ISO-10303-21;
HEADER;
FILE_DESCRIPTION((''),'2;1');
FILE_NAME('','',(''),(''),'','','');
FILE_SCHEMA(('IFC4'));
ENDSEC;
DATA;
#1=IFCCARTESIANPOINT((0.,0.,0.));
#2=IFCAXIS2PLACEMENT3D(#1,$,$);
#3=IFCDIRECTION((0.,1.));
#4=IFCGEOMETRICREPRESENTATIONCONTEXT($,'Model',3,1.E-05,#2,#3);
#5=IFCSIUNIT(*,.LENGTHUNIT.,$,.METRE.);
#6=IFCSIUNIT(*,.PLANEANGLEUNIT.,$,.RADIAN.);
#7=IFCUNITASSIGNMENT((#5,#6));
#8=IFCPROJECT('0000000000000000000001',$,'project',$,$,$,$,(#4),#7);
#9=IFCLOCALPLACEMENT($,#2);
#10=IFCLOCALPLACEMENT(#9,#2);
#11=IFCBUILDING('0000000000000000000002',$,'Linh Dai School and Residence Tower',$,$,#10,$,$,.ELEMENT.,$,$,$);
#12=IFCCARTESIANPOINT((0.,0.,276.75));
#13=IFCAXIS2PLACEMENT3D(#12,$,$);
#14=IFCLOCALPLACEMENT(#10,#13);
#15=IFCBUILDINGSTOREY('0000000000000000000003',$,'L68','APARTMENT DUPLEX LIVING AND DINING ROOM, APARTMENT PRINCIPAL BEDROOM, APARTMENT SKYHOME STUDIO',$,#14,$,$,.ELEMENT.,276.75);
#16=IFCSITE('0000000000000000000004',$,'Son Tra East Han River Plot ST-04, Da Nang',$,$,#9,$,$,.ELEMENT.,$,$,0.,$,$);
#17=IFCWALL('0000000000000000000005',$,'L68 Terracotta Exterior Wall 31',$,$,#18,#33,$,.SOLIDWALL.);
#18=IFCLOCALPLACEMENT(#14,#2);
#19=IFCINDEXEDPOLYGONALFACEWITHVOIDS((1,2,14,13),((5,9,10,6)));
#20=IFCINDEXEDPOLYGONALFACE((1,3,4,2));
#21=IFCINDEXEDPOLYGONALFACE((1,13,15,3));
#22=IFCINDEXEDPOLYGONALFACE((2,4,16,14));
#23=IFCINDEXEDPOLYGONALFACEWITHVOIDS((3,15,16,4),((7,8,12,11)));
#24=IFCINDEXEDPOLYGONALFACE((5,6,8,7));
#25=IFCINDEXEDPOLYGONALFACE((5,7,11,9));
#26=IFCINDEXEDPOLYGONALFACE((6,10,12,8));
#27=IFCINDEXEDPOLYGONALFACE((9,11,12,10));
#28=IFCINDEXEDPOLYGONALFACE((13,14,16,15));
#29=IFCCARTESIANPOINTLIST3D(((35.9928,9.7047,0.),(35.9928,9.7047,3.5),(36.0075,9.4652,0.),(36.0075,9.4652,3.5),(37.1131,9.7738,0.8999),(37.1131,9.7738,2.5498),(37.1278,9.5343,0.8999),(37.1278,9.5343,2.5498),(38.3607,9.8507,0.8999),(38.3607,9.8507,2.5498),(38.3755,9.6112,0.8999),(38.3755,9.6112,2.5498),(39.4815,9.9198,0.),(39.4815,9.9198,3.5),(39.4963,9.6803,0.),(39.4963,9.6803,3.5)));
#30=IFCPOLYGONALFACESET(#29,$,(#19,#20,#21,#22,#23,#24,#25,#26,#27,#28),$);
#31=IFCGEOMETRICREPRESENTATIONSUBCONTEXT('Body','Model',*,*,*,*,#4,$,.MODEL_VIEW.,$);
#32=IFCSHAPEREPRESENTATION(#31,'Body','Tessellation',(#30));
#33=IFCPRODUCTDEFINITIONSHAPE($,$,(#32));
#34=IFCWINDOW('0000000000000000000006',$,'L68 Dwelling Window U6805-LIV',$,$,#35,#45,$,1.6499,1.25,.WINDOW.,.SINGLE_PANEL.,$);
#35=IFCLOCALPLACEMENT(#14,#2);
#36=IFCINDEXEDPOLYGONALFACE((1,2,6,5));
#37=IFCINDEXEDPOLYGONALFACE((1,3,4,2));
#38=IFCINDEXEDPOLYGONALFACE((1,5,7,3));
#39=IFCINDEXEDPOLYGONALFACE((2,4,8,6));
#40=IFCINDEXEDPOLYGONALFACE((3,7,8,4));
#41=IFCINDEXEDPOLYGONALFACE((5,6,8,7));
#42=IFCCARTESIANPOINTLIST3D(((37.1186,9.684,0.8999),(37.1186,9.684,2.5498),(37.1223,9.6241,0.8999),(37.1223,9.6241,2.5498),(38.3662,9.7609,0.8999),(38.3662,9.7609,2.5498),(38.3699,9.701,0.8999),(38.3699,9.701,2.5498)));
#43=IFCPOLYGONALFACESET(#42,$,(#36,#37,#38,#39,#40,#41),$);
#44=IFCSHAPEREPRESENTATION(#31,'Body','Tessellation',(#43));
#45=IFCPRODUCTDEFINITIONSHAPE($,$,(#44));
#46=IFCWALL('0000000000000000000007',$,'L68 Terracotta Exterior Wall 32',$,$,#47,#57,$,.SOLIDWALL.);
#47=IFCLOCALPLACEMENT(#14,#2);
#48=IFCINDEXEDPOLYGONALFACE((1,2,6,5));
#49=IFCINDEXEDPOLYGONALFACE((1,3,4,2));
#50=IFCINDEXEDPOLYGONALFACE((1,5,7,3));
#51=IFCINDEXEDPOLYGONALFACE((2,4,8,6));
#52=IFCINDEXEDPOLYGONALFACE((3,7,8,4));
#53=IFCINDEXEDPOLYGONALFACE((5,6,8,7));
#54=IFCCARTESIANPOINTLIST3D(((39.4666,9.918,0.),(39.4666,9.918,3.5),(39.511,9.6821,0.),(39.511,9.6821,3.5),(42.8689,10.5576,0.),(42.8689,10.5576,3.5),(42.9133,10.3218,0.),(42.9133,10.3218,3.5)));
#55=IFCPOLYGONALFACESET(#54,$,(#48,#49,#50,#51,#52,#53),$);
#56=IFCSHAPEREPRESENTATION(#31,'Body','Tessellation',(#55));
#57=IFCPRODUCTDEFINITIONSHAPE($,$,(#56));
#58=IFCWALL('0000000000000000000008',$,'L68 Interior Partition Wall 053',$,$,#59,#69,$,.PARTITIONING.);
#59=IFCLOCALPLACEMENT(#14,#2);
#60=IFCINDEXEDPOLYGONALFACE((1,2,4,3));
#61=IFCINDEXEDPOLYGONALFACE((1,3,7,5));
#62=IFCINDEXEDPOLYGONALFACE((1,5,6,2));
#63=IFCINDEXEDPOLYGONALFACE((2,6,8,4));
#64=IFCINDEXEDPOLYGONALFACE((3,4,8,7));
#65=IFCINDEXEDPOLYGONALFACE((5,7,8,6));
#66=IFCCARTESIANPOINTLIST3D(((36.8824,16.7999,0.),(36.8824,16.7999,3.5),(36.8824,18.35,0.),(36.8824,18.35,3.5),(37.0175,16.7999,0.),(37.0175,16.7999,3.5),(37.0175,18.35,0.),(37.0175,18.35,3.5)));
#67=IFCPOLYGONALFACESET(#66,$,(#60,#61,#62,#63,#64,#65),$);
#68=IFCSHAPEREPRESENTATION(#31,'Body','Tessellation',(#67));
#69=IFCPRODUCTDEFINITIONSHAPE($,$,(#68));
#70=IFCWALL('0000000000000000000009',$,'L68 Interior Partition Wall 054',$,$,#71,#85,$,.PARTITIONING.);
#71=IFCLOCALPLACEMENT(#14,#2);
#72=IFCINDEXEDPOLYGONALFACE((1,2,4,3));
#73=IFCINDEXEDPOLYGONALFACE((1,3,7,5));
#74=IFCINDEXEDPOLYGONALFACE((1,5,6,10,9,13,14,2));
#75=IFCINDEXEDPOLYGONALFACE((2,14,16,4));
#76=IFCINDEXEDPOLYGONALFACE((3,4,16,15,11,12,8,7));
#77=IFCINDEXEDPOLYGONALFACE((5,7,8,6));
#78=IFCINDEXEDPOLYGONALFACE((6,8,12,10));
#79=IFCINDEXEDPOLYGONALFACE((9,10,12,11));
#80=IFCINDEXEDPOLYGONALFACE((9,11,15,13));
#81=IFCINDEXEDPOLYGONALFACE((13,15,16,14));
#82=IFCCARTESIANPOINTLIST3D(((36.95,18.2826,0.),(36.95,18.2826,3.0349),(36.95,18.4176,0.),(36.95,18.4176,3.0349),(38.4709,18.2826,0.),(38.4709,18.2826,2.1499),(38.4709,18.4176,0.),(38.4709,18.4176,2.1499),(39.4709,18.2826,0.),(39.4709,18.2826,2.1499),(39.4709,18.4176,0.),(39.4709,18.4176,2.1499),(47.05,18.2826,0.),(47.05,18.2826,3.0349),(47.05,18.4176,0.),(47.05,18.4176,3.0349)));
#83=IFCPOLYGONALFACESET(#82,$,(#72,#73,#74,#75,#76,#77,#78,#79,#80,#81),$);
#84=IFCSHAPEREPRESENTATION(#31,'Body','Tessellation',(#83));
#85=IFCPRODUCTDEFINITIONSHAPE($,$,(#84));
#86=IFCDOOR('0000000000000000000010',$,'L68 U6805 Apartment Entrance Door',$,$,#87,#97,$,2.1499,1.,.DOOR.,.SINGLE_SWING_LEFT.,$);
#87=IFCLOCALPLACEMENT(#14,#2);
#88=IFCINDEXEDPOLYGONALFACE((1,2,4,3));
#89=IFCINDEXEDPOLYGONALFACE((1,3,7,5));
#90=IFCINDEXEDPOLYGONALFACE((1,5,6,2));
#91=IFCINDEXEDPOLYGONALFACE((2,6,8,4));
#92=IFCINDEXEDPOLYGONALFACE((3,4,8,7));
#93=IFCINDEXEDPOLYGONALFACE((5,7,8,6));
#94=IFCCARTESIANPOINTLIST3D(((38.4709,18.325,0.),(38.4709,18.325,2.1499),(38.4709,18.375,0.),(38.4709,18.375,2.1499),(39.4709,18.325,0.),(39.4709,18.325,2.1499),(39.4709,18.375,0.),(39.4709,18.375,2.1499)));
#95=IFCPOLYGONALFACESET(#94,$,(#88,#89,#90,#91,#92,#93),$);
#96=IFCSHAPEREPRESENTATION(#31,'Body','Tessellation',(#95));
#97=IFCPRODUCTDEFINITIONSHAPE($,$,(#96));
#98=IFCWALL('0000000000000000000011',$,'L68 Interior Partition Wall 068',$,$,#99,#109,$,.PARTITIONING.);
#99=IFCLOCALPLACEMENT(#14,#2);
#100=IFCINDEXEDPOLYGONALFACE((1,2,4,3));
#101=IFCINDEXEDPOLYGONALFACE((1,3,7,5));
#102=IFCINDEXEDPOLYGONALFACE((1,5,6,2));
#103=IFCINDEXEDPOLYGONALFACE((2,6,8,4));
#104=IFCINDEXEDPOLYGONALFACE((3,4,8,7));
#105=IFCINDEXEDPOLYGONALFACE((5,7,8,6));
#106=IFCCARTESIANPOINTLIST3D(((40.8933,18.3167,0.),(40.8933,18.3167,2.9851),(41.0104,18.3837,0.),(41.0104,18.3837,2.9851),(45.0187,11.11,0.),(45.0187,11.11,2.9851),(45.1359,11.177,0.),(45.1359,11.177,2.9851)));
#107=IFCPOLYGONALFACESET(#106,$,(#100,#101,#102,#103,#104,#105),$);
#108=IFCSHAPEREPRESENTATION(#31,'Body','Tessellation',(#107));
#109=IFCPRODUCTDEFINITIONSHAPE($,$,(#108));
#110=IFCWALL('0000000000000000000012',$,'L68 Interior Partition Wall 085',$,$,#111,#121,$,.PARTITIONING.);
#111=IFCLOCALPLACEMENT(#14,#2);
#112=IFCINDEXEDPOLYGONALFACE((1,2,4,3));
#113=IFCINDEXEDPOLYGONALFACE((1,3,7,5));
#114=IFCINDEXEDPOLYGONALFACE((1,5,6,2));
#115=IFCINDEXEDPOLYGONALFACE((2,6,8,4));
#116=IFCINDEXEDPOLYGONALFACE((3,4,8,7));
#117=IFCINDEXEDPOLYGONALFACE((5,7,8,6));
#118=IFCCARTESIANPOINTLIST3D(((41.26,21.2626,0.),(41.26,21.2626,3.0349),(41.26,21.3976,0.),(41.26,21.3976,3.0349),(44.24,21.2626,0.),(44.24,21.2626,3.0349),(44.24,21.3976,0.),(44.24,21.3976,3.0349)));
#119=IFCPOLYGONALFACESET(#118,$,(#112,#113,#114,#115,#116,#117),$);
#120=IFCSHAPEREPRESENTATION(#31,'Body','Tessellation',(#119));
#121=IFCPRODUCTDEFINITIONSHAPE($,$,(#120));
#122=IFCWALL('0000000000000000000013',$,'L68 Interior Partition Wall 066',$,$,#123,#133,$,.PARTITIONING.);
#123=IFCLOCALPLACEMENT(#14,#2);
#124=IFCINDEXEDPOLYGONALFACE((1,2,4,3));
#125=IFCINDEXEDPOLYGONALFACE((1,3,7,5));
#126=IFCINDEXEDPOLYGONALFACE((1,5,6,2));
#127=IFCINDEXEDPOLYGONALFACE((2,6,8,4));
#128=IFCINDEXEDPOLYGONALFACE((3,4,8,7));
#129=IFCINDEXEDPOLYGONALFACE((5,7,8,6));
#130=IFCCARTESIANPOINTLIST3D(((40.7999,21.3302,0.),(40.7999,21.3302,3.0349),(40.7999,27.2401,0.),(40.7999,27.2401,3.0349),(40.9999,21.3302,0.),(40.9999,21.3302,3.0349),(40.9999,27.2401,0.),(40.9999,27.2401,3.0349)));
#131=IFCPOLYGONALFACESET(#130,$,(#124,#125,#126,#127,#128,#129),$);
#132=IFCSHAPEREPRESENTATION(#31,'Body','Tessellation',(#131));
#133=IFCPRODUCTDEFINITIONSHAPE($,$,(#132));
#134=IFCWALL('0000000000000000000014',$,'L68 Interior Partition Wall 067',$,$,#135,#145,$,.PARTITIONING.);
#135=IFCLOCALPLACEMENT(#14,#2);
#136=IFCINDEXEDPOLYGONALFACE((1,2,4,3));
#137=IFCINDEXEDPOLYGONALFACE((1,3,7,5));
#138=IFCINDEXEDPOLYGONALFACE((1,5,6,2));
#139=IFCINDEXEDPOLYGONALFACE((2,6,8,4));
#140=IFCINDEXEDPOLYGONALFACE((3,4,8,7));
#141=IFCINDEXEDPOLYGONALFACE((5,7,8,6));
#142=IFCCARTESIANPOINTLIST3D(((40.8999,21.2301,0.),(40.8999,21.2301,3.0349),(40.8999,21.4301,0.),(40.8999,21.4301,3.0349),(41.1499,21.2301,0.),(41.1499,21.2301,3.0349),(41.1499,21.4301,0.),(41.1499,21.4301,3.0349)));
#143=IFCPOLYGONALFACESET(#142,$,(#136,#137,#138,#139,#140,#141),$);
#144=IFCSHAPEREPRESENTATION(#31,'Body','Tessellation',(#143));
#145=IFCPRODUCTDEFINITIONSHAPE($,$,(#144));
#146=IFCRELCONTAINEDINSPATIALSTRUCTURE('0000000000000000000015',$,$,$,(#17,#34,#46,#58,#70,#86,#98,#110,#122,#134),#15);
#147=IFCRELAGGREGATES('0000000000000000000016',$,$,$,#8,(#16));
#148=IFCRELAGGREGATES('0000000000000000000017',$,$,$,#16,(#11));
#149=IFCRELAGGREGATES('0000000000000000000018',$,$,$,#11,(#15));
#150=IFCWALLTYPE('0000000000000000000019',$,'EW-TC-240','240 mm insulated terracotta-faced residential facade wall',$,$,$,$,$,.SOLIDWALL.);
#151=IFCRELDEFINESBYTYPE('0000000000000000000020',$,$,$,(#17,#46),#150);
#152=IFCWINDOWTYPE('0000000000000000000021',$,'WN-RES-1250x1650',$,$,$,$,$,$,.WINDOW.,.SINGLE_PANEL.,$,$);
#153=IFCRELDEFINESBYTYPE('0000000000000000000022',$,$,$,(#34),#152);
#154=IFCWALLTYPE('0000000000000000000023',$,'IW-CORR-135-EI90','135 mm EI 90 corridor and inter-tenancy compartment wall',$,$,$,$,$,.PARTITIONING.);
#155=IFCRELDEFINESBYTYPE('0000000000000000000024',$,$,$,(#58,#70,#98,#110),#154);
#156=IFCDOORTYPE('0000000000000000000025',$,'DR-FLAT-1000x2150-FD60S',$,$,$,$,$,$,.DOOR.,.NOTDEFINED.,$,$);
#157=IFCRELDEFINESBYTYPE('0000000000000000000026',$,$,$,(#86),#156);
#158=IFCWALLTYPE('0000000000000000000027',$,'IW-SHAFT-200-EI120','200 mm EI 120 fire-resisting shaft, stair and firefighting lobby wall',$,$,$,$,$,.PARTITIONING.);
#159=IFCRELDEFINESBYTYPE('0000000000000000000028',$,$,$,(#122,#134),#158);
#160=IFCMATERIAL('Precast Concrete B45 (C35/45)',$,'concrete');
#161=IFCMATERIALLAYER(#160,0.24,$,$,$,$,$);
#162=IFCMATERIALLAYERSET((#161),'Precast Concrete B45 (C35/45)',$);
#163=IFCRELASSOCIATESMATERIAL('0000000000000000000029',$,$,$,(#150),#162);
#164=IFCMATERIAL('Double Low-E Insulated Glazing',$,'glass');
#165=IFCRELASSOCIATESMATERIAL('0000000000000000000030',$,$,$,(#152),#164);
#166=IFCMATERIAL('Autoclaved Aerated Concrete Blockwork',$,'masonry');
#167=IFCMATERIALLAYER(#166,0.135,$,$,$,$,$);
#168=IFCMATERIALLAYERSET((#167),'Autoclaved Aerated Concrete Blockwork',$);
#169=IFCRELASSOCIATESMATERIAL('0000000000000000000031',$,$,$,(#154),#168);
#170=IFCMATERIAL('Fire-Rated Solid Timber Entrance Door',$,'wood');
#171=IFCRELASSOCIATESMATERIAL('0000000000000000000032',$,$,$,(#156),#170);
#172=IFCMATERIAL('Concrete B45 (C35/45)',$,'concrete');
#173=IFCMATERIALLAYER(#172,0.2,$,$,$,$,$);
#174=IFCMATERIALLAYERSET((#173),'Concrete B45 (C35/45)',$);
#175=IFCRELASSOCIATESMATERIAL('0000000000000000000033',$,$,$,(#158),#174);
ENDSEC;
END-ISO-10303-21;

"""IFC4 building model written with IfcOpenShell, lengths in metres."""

from ifc_helpers import new_model, si_unit, direction, frame, frame_2d, origin, origin_2d, place, context, subcontext, project, spatial, rectangle, extrude, source, transform, mapped, material, layer, layer_set, type_object, element, fill, save


model = new_model("IFC4")

# Units and contexts
model_context = context("Model", 3, precision=1e-05, world=origin(), true_north=direction((0.0, 1.0)))
body_context = subcontext(model_context, "Body", "Model", "MODEL_VIEW")
ifc_project = project(units=[si_unit("LENGTHUNIT", "METRE"), si_unit("PLANEANGLEUNIT", "RADIAN")], contexts=[model_context])

# Site, building, storey
site_placement = place(None, origin())
site = spatial("IfcSite", under=ifc_project, at=site_placement, Name="Son Tra East Han River Plot ST-04, Da Nang", CompositionType="ELEMENT", RefElevation=0.0)
building_placement = place(site_placement, origin())
building = spatial("IfcBuilding", under=site, at=building_placement, Name="Linh Dai School and Residence Tower", CompositionType="ELEMENT")
storey_placement = place(building_placement, frame((0.0, 0.0, 276.75)))
storey = spatial("IfcBuildingStorey", under=building, at=storey_placement, Name="L68", Description="APARTMENT DUPLEX LIVING AND DINING ROOM, APARTMENT PRINCIPAL BEDROOM, APARTMENT SKYHOME STUDIO", CompositionType="ELEMENT", Elevation=276.75)

# Shared definitions
ifc_material_1 = material(Name="Precast Concrete B45 (C35/45)", Category="concrete")
ifc_layer_1 = layer(ifc_material_1, 0.24)
ifc_layer_set_1 = layer_set([ifc_layer_1], Name="Precast Concrete B45 (C35/45)")
wall_type_1 = type_object("IfcWallType", Name="EW-TC-240", Description="240 mm insulated terracotta-faced residential facade wall", PredefinedType="SOLIDWALL", material=ifc_layer_set_1)

# Wall, opening, window
wall_1_placement = place(storey_placement, frame((39.4888, 9.8, 0.0), z_axis=(0.0, 0.0, 1.0), x_axis=(-0.998105, -0.061535, 0.0)))
wall_1 = element("IfcWall", 1, at=wall_1_placement, inside=storey, type_object=wall_type_1, Name="L68 Terracotta Exterior Wall 31", PredefinedType="SOLIDWALL", context=body_context, shape_type="SweptSolid", body=[
    extrude(rectangle(XDim=3.4954, YDim=0.24, at=frame_2d((1.7476, 0.0))), origin(), (0.0, 0.0, 1.0), 3.5),
])
opening_1_placement = place(wall_1_placement, frame((1.1228, 0.0, 0.8999)))
opening_1 = element("IfcOpeningElement", 2, at=opening_1_placement, cuts=wall_1, PredefinedType="OPENING", context=body_context, shape_type="SweptSolid", body=[
    extrude(rectangle(XDim=1.25, YDim=1.6499, at=origin_2d()), frame((0.625, 0.1299, 0.825), z_axis=(0.0, -1.0, 0.0), x_axis=(1.0, 0.0, 0.0)), (0.0, 0.0, 1.0), 0.26),
])
ifc_material_2 = material(Name="Double Low-E Insulated Glazing", Category="glass")
window_type = type_object("IfcWindowType", Name="WN-RES-1250x1650", PartitioningType="SINGLE_PANEL", PredefinedType="WINDOW", material=ifc_material_2)
shared_shape_1 = source(origin(), body_context, "Body", "SweptSolid", [
    extrude(rectangle(XDim=1.25, YDim=1.6499, at=origin_2d()), frame((0.625, 0.03, 0.825), z_axis=(0.0, -1.0, 0.0), x_axis=(1.0, 0.0, 0.0)), (0.0, 0.0, 1.0), 0.0601),
])
window_placement = place(opening_1_placement, origin())
window = element("IfcWindow", 3, at=window_placement, inside=storey, type_object=window_type, Name="L68 Dwelling Window U6805-LIV", OverallHeight=1.6499, OverallWidth=1.25, PartitioningType="SINGLE_PANEL", PredefinedType="WINDOW", context=body_context, shape_type="MappedRepresentation", body=[
    mapped(shared_shape_1, transform((0.0, 0.0, 0.0), x_axis=(1.0, 0.0, 0.0), y_axis=(0.0, 1.0, 0.0), z_axis=(0.0, 0.0, 1.0), scale=1.0)),
])
fill(opening_1, window)

# Walls
wall_2_placement = place(storey_placement, frame((42.8911, 10.4397, 0.0), z_axis=(0.0, 0.0, 1.0), x_axis=(-0.982783, -0.184765, 0.0)))
element("IfcWall", 4, at=wall_2_placement, inside=storey, type_object=wall_type_1, Name="L68 Terracotta Exterior Wall 32", PredefinedType="SOLIDWALL", context=body_context, shape_type="SweptSolid", body=[
    extrude(rectangle(XDim=3.4619, YDim=0.24, at=frame_2d((1.731, 0.0))), origin(), (0.0, 0.0, 1.0), 3.5),
])
ifc_material_3 = material(Name="Autoclaved Aerated Concrete Blockwork", Category="masonry")
ifc_layer_2 = layer(ifc_material_3, 0.135)
ifc_layer_set_2 = layer_set([ifc_layer_2], Name="Autoclaved Aerated Concrete Blockwork")
wall_type_2 = type_object("IfcWallType", Name="IW-CORR-135-EI90", Description="135 mm EI 90 corridor and inter-tenancy compartment wall", PredefinedType="PARTITIONING", material=ifc_layer_set_2)
wall_3_placement = place(storey_placement, frame((36.95, 16.8, 0.0), z_axis=(0.0, 0.0, 1.0), x_axis=(0.0, 1.0, 0.0)))
element("IfcWall", 5, at=wall_3_placement, inside=storey, type_object=wall_type_2, Name="L68 Interior Partition Wall 053", PredefinedType="PARTITIONING", context=body_context, shape_type="SweptSolid", body=[
    extrude(rectangle(XDim=1.55, YDim=0.135, at=frame_2d((0.7749, 0.0))), origin(), (0.0, 0.0, 1.0), 3.5),
])

# Wall, opening, door
wall_4_placement = place(storey_placement, frame((36.95, 18.3501, 0.0), z_axis=(0.0, 0.0, 1.0), x_axis=(1.0, 0.0, 0.0)))
wall_4 = element("IfcWall", 6, at=wall_4_placement, inside=storey, type_object=wall_type_2, Name="L68 Interior Partition Wall 054", PredefinedType="PARTITIONING", context=body_context, shape_type="SweptSolid", body=[
    extrude(rectangle(XDim=10.1001, YDim=0.135, at=frame_2d((5.05, 0.0))), origin(), (0.0, 0.0, 1.0), 3.0349),
])
opening_2_placement = place(wall_4_placement, frame((1.521, 0.0, 0.0)))
opening_2 = element("IfcOpeningElement", 7, at=opening_2_placement, cuts=wall_4, PredefinedType="OPENING", context=body_context, shape_type="SweptSolid", body=[
    extrude(rectangle(XDim=1.0, YDim=2.1499, at=origin_2d()), frame((0.5, 0.0776, 1.075), z_axis=(0.0, -1.0, 0.0), x_axis=(1.0, 0.0, 0.0)), (0.0, 0.0, 1.0), 0.155),
])
ifc_material_4 = material(Name="Fire-Rated Solid Timber Entrance Door", Category="wood")
door_type = type_object("IfcDoorType", Name="DR-FLAT-1000x2150-FD60S", OperationType="NOTDEFINED", PredefinedType="DOOR", material=ifc_material_4)
shared_shape_2 = source(origin(), body_context, "Body", "SweptSolid", [
    extrude(rectangle(XDim=1.0, YDim=2.1499, at=origin_2d()), frame((0.5, 0.0249, 1.075), z_axis=(0.0, -1.0, 0.0), x_axis=(1.0, 0.0, 0.0)), (0.0, 0.0, 1.0), 0.05),
])
door_placement = place(opening_2_placement, origin())
door = element("IfcDoor", 8, at=door_placement, inside=storey, type_object=door_type, Name="L68 U6805 Apartment Entrance Door", OperationType="SINGLE_SWING_LEFT", OverallHeight=2.1499, OverallWidth=1.0, PredefinedType="DOOR", context=body_context, shape_type="MappedRepresentation", body=[
    mapped(shared_shape_2, transform((0.0, 0.0, 0.0), x_axis=(1.0, 0.0, 0.0), y_axis=(0.0, 1.0, 0.0), z_axis=(0.0, 0.0, 1.0), scale=1.0)),
])
fill(opening_2, door)

# Walls
wall_5_placement = place(storey_placement, frame((40.9519, 18.3501, 0.0), z_axis=(0.0, 0.0, 1.0), x_axis=(0.496804, -0.867863, 0.0)))
element("IfcWall", 9, at=wall_5_placement, inside=storey, type_object=wall_type_2, Name="L68 Interior Partition Wall 068", PredefinedType="PARTITIONING", context=body_context, shape_type="SweptSolid", body=[
    extrude(rectangle(XDim=8.304, YDim=0.135, at=frame_2d((4.1519, 0.0))), origin(), (0.0, 0.0, 1.0), 2.9851),
])
wall_6_placement = place(storey_placement, frame((44.24, 21.3301, 0.0), z_axis=(0.0, 0.0, 1.0), x_axis=(-1.0, 0.0, 0.0)))
element("IfcWall", 10, at=wall_6_placement, inside=storey, type_object=wall_type_2, Name="L68 Interior Partition Wall 085", PredefinedType="PARTITIONING", context=body_context, shape_type="SweptSolid", body=[
    extrude(rectangle(XDim=2.98, YDim=0.135, at=frame_2d((1.49, 0.0))), origin(), (0.0, 0.0, 1.0), 3.0349),
])
ifc_material_5 = material(Name="Concrete B45 (C35/45)", Category="concrete")
ifc_layer_3 = layer(ifc_material_5, 0.2)
ifc_layer_set_3 = layer_set([ifc_layer_3], Name="Concrete B45 (C35/45)")
wall_type_3 = type_object("IfcWallType", Name="IW-SHAFT-200-EI120", Description="200 mm EI 120 fire-resisting shaft, stair and firefighting lobby wall", PredefinedType="PARTITIONING", material=ifc_layer_set_3)
wall_7_placement = place(storey_placement, frame((40.8999, 21.3301, 0.0), z_axis=(0.0, 0.0, 1.0), x_axis=(0.0, 1.0, 0.0)))
element("IfcWall", 11, at=wall_7_placement, inside=storey, type_object=wall_type_3, Name="L68 Interior Partition Wall 066", PredefinedType="PARTITIONING", context=body_context, shape_type="SweptSolid", body=[
    extrude(rectangle(XDim=5.9099, YDim=0.2, at=frame_2d((2.9551, 0.0))), origin(), (0.0, 0.0, 1.0), 3.0349),
])
wall_8_placement = place(storey_placement, frame((40.8999, 21.3301, 0.0), z_axis=(0.0, 0.0, 1.0), x_axis=(1.0, 0.0, 0.0)))
element("IfcWall", 12, at=wall_8_placement, inside=storey, type_object=wall_type_3, Name="L68 Interior Partition Wall 067", PredefinedType="PARTITIONING", context=body_context, shape_type="SweptSolid", body=[
    extrude(rectangle(XDim=0.25, YDim=0.2, at=frame_2d((0.125, 0.0))), origin(), (0.0, 0.0, 1.0), 3.0349),
])

save(model, "model.ifc")
